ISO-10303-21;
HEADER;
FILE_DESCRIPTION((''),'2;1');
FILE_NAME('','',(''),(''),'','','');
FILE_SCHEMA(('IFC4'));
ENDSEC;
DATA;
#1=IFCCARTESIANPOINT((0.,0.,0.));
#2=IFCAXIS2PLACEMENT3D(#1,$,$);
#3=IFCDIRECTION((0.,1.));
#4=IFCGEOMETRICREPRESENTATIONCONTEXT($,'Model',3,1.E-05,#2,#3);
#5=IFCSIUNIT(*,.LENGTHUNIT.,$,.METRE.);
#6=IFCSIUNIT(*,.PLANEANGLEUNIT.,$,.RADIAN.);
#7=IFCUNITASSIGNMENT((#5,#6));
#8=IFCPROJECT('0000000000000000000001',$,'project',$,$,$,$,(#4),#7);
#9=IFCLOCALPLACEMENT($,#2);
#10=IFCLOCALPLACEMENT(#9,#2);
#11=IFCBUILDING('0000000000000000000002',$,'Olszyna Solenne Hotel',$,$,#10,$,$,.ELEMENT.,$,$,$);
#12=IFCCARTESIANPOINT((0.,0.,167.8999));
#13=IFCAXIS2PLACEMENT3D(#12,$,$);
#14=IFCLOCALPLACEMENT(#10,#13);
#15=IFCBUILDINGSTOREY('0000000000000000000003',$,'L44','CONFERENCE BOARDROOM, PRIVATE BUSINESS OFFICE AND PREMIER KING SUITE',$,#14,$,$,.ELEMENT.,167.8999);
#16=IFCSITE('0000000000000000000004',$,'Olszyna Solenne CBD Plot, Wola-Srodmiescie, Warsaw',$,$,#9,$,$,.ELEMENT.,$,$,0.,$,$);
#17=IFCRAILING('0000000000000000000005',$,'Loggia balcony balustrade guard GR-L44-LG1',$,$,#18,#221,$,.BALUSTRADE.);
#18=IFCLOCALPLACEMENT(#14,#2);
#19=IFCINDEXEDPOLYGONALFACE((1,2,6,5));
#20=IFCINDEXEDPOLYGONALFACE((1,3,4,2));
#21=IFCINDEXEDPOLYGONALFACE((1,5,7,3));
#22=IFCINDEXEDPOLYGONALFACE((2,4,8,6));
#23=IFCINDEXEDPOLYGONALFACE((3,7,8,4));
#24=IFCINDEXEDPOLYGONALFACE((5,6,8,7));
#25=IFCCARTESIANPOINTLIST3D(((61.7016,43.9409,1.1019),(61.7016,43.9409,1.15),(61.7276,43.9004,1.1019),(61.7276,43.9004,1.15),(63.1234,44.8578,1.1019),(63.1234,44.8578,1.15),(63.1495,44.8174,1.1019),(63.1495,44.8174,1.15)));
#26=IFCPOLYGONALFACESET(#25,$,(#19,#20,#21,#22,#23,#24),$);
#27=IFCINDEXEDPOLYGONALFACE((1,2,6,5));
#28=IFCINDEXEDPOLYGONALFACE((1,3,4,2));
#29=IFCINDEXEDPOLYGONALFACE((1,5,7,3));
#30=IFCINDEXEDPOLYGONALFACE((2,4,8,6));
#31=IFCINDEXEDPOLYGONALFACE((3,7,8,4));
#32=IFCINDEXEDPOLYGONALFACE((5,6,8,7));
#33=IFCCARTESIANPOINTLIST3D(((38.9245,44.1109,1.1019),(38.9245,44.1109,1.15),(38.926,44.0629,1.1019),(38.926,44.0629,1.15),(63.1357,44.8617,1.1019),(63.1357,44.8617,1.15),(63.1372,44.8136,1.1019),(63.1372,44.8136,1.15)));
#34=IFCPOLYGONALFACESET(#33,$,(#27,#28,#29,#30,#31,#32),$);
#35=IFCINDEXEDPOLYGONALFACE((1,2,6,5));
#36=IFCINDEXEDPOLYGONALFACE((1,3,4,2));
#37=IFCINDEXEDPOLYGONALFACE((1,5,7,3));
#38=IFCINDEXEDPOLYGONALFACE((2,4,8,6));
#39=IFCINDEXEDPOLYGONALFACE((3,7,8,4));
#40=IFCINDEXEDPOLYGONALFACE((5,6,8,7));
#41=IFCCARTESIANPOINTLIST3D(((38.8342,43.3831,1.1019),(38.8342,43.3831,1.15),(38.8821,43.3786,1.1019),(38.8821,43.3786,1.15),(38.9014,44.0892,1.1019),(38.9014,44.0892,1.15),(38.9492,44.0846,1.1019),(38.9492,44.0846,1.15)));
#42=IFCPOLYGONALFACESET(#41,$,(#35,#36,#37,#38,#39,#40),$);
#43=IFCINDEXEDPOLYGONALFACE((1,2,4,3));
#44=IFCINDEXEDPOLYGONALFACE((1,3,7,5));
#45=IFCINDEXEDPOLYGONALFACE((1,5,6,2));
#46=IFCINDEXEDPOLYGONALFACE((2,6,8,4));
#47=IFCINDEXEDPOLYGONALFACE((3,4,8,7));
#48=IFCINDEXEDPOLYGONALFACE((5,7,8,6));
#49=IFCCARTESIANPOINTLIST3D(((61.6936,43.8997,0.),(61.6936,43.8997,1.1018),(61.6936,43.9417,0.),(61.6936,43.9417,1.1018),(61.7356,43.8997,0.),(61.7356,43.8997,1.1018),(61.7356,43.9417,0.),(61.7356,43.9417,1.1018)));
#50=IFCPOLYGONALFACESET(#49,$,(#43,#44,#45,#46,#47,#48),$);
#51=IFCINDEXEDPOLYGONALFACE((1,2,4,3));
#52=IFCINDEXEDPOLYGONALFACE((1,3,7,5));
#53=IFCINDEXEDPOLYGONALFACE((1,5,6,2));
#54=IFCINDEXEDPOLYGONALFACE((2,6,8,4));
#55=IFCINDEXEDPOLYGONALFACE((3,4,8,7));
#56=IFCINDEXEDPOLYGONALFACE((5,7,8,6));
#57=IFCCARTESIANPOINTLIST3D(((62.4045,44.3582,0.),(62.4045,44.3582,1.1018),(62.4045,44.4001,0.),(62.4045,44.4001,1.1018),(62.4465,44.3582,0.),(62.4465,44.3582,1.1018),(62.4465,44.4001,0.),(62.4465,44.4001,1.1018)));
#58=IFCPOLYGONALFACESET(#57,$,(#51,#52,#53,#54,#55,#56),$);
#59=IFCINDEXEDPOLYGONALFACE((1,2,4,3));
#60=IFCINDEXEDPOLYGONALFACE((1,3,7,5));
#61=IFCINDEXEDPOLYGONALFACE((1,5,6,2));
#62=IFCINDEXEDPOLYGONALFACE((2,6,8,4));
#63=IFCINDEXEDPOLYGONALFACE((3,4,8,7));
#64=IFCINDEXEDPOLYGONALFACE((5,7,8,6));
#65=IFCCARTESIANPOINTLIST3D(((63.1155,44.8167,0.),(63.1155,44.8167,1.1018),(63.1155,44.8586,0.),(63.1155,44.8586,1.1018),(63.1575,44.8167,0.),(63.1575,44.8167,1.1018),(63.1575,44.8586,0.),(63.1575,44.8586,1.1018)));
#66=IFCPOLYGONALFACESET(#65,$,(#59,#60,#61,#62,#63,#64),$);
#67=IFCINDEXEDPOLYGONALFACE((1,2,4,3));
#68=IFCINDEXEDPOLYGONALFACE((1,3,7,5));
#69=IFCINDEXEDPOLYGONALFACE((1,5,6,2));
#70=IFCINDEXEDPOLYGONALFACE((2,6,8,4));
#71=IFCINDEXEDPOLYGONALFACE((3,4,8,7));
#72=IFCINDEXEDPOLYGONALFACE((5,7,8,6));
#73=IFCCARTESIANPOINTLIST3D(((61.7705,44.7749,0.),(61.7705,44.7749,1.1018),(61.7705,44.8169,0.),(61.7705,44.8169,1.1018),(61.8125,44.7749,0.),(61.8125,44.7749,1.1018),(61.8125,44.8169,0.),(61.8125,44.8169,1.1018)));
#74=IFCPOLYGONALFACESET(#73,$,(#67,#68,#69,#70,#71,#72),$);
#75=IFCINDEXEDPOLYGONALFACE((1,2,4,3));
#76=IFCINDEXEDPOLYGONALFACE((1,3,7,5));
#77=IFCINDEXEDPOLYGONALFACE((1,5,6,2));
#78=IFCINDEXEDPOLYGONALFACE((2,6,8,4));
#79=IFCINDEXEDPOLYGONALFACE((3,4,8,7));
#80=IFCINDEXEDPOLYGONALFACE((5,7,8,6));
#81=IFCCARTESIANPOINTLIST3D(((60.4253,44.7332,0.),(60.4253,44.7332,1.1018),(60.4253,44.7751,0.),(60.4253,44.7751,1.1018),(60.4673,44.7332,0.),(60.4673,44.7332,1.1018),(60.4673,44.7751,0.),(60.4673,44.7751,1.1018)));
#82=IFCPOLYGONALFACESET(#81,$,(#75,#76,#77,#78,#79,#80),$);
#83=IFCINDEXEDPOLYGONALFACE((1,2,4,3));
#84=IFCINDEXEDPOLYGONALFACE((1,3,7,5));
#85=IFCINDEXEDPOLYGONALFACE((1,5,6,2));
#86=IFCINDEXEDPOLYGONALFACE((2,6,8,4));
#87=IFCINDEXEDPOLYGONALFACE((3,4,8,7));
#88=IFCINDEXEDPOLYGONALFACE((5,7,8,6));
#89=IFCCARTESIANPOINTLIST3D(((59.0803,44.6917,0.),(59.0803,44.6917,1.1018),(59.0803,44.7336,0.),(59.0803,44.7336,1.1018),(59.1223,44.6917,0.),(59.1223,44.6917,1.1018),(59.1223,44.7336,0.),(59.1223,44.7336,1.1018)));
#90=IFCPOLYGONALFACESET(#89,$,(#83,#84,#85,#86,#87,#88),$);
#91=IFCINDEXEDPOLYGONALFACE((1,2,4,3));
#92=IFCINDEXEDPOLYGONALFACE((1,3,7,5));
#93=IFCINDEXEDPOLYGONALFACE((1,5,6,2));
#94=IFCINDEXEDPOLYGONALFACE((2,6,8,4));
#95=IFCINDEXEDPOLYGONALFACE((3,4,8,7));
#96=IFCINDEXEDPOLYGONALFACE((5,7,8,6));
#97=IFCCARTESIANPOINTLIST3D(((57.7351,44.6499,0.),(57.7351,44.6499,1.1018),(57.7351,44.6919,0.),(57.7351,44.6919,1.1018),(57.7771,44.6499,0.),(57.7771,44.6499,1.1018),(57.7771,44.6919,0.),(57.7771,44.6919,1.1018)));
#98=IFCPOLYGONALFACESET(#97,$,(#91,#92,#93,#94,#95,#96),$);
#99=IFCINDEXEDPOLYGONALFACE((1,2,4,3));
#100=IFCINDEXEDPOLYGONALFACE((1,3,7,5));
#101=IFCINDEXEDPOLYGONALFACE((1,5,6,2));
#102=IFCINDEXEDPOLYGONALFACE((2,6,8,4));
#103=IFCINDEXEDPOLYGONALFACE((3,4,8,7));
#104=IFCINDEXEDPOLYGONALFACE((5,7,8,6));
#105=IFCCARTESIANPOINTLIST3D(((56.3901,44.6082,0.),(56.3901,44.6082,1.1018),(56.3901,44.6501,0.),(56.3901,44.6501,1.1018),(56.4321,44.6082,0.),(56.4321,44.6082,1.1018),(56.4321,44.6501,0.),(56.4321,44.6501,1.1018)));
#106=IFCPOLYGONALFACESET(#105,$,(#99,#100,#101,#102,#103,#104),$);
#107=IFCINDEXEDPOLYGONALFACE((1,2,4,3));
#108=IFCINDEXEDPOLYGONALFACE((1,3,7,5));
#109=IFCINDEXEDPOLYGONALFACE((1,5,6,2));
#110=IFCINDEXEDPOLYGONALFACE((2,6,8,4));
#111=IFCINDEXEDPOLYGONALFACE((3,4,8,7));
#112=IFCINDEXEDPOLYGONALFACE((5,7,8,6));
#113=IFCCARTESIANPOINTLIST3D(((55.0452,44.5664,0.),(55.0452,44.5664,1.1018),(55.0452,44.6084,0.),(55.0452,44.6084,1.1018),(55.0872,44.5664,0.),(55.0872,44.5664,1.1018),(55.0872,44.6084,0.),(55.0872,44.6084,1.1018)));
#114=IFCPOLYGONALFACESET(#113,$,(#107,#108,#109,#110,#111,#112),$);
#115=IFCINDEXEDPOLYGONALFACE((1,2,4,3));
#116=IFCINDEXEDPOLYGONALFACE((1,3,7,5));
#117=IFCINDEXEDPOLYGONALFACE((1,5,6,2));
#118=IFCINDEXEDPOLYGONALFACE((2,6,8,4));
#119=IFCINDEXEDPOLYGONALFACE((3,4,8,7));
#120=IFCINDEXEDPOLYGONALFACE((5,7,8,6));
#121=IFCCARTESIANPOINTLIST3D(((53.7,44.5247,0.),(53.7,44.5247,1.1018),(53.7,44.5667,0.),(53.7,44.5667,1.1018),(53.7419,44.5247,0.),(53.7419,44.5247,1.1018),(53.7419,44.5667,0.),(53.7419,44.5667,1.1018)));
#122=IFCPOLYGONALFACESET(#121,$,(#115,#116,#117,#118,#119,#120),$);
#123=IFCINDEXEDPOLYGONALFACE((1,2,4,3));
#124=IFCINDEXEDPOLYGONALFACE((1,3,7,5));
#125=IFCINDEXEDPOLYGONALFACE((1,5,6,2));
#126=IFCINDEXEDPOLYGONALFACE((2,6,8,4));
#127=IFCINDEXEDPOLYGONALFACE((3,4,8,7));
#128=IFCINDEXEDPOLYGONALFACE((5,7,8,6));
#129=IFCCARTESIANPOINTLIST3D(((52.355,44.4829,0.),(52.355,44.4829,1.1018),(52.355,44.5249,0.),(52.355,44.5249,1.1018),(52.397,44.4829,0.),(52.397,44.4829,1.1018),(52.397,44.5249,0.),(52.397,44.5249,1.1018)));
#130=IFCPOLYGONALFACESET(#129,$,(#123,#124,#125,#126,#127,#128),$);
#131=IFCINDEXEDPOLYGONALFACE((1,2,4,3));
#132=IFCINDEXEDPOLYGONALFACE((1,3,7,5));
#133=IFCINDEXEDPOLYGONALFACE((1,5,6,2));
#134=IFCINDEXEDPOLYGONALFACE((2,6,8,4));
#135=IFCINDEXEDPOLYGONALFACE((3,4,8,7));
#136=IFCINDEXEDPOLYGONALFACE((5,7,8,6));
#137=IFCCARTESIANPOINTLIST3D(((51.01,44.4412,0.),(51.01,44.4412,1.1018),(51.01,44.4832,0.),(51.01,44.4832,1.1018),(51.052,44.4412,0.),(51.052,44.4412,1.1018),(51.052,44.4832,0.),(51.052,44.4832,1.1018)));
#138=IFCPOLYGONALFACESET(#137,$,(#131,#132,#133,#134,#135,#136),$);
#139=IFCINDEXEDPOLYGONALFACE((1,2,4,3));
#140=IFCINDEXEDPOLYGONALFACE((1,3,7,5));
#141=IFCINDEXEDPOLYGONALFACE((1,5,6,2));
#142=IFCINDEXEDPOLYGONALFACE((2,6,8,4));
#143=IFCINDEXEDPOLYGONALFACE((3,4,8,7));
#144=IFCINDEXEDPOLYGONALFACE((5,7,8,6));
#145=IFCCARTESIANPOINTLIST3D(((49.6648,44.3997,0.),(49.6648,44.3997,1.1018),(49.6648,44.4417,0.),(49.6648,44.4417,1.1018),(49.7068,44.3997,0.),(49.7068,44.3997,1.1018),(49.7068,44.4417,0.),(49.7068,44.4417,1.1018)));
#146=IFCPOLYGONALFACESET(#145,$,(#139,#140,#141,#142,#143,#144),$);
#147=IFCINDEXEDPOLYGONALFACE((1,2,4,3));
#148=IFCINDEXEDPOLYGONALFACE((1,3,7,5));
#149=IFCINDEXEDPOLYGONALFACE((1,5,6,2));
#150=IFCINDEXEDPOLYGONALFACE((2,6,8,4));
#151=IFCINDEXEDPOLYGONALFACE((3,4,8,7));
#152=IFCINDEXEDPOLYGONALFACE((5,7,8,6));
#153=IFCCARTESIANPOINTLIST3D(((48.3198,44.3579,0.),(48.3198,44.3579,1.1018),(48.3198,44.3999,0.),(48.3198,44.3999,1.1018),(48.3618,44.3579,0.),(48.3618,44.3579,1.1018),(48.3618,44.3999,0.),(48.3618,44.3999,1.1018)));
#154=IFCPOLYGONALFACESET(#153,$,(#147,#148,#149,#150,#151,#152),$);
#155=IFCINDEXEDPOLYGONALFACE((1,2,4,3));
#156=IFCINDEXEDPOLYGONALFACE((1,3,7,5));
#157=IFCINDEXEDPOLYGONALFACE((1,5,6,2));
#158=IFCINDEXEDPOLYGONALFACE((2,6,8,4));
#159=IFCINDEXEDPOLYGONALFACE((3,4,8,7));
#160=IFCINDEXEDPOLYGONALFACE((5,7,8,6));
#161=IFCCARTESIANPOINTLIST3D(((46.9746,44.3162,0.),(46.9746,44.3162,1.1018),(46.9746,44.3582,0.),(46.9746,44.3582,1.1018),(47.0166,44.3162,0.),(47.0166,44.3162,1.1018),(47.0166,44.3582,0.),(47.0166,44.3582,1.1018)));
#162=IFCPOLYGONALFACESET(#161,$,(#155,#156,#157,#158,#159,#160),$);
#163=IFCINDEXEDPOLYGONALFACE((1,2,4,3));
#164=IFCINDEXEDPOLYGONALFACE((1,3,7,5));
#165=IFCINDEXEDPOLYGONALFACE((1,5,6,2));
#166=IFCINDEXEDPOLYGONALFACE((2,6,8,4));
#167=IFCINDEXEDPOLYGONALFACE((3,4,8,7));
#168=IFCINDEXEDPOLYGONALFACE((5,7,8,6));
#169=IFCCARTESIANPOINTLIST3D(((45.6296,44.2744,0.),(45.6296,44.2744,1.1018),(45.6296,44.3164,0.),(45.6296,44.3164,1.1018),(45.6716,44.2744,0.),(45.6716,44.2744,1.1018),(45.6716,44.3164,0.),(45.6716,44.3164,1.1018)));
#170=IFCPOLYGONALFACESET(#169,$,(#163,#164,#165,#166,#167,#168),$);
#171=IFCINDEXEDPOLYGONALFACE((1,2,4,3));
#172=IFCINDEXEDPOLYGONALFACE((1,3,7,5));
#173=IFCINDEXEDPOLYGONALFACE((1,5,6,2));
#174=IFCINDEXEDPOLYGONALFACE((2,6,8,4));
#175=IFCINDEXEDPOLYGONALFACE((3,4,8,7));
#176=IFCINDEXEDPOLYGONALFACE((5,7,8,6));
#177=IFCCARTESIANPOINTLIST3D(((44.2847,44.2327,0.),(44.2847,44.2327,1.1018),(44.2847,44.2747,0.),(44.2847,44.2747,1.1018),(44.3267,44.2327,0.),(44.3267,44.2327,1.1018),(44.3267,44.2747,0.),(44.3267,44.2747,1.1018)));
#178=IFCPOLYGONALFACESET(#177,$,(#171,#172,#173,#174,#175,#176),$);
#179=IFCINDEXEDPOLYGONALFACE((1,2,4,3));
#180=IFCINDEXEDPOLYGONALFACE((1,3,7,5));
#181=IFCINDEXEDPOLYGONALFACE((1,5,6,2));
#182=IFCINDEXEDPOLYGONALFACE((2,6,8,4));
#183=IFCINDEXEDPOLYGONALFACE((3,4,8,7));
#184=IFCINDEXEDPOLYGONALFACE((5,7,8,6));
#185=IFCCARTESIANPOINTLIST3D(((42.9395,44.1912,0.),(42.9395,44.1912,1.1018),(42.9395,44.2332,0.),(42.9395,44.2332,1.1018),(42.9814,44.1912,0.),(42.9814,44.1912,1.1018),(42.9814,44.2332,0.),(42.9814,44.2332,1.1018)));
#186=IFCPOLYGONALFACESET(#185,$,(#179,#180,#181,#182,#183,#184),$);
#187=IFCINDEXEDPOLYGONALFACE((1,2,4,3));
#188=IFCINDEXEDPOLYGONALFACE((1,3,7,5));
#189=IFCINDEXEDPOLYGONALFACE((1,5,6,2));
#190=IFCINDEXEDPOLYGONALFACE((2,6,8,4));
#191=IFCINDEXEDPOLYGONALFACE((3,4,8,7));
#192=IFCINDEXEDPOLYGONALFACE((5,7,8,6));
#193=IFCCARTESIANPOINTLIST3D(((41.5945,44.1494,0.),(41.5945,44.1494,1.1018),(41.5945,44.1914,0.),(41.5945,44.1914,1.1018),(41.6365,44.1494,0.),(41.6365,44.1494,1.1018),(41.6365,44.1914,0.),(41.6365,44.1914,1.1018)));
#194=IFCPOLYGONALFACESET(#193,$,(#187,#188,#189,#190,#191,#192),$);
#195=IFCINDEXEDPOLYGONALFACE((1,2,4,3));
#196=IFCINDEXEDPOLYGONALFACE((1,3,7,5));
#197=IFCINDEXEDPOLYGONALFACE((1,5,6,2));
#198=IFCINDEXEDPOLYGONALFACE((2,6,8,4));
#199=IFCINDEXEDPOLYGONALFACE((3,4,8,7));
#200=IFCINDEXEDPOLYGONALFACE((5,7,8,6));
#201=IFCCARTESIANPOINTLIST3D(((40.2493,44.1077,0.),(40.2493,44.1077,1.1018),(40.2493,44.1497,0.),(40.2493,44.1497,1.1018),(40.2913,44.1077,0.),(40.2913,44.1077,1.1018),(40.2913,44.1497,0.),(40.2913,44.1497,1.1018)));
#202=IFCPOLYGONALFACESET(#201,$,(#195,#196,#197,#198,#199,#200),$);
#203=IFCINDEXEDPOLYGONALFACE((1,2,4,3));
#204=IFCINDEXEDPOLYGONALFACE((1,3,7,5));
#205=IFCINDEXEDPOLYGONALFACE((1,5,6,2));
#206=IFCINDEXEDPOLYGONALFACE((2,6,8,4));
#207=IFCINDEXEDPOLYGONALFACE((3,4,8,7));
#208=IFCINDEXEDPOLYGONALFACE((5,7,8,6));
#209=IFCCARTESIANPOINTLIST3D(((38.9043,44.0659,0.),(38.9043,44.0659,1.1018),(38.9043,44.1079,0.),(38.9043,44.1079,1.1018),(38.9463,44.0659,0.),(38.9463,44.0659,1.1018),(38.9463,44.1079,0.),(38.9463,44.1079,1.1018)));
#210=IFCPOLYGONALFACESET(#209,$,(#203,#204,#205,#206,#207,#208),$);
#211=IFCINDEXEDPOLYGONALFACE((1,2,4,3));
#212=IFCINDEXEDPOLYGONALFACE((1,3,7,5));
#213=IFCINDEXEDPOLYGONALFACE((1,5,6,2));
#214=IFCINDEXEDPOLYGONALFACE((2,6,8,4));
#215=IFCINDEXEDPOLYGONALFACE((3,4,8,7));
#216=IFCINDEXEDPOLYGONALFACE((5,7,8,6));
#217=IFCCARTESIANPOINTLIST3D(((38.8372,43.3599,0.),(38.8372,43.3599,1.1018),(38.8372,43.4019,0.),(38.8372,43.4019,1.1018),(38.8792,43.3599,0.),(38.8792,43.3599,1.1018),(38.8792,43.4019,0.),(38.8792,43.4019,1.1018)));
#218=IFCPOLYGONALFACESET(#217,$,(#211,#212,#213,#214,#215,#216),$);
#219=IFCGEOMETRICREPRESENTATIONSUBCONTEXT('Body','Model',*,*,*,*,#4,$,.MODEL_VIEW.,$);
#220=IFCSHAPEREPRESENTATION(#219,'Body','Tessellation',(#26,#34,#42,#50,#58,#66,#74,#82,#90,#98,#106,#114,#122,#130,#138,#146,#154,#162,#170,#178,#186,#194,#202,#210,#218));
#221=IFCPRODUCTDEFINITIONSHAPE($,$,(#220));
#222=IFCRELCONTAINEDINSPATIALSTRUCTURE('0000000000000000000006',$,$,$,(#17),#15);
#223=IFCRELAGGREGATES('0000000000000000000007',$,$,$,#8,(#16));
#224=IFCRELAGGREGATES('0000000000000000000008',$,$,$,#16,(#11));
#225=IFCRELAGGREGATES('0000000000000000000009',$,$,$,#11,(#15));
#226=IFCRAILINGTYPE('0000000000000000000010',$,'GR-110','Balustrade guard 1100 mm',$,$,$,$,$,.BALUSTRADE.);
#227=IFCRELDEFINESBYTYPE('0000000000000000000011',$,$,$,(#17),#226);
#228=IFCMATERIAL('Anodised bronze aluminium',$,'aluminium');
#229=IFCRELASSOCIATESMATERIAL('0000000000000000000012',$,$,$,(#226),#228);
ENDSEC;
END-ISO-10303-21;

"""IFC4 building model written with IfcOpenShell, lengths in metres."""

from ifc_helpers import new_model, si_unit, direction, frame, origin, origin_2d, place, context, subcontext, project, spatial, rectangle, extrude, material, type_object, element, save


model = new_model("IFC4")

# Units and contexts
model_context = context("Model", 3, precision=1e-05, world=origin(), true_north=direction((0.0, 1.0)))
body_context = subcontext(model_context, "Body", "Model", "MODEL_VIEW")
ifc_project = project(units=[si_unit("LENGTHUNIT", "METRE"), si_unit("PLANEANGLEUNIT", "RADIAN")], contexts=[model_context])

# Site, building, storey
site_placement = place(None, origin())
site = spatial("IfcSite", under=ifc_project, at=site_placement, Name="Olszyna Solenne CBD Plot, Wola-Srodmiescie, Warsaw", CompositionType="ELEMENT", RefElevation=0.0)
building_placement = place(site_placement, origin())
building = spatial("IfcBuilding", under=site, at=building_placement, Name="Olszyna Solenne Hotel", CompositionType="ELEMENT")
storey_placement = place(building_placement, frame((0.0, 0.0, 167.8999)))
storey = spatial("IfcBuildingStorey", under=building, at=storey_placement, Name="L44", Description="CONFERENCE BOARDROOM, PRIVATE BUSINESS OFFICE AND PREMIER KING SUITE", CompositionType="ELEMENT", Elevation=167.8999)

# Railing
ifc_material_1 = material(Name="Anodised bronze aluminium", Category="aluminium")
railing_type = type_object("IfcRailingType", Name="GR-110", Description="Balustrade guard 1100 mm", PredefinedType="BALUSTRADE", material=ifc_material_1)
railing_placement = place(storey_placement, frame((61.7146, 43.9207, 0.0)))
element("IfcRailing", 1, at=railing_placement, inside=storey, type_object=railing_type, Name="Loggia balcony balustrade guard GR-L44-LG1", PredefinedType="BALUSTRADE", context=body_context, shape_type="SweptSolid", body=[
    extrude(rectangle(XDim=0.0481, YDim=0.0481, at=origin_2d()), frame((0.0, 0.0, 1.126), z_axis=(0.84039, 0.541982, 0.0), x_axis=(-0.541982, 0.84039, 0.0)), (0.0, 0.0, 1.0), 1.6919),
    extrude(rectangle(XDim=0.0481, YDim=0.0481, at=origin_2d()), frame((1.4219, 0.917, 1.126), z_axis=(-0.99952, -0.030993, 0.0), x_axis=(0.030993, -0.99952, 0.0)), (0.0, 0.0, 1.0), 24.2229),
    extrude(rectangle(XDim=0.0481, YDim=0.0481, at=origin_2d()), frame((-22.7893, 0.1663, 1.126), z_axis=(-0.094663, -0.995509, 0.0), x_axis=(0.995509, -0.094663, 0.0)), (0.0, 0.0, 1.0), 0.7092),
    extrude(rectangle(XDim=0.042, YDim=0.042, at=origin_2d()), origin(), (0.0, 0.0, 1.0), 1.1018),
    extrude(rectangle(XDim=0.042, YDim=0.042, at=origin_2d()), frame((0.7109, 0.4585, 0.0)), (0.0, 0.0, 1.0), 1.1018),
    extrude(rectangle(XDim=0.042, YDim=0.042, at=origin_2d()), frame((1.4219, 0.917, 0.0)), (0.0, 0.0, 1.0), 1.1018),
    extrude(rectangle(XDim=0.042, YDim=0.042, at=origin_2d()), frame((0.0769, 0.8752, 0.0)), (0.0, 0.0, 1.0), 1.1018),
    extrude(rectangle(XDim=0.042, YDim=0.042, at=origin_2d()), frame((-1.2683, 0.8335, 0.0)), (0.0, 0.0, 1.0), 1.1018),
    extrude(rectangle(XDim=0.042, YDim=0.042, at=origin_2d()), frame((-2.6133, 0.792, 0.0)), (0.0, 0.0, 1.0), 1.1018),
    extrude(rectangle(XDim=0.042, YDim=0.042, at=origin_2d()), frame((-3.9585, 0.7502, 0.0)), (0.0, 0.0, 1.0), 1.1018),
    extrude(rectangle(XDim=0.042, YDim=0.042, at=origin_2d()), frame((-5.3035, 0.7085, 0.0)), (0.0, 0.0, 1.0), 1.1018),
    extrude(rectangle(XDim=0.042, YDim=0.042, at=origin_2d()), frame((-6.6484, 0.6667, 0.0)), (0.0, 0.0, 1.0), 1.1018),
    extrude(rectangle(XDim=0.042, YDim=0.042, at=origin_2d()), frame((-7.9937, 0.625, 0.0)), (0.0, 0.0, 1.0), 1.1018),
    extrude(rectangle(XDim=0.042, YDim=0.042, at=origin_2d()), frame((-9.3386, 0.5833, 0.0)), (0.0, 0.0, 1.0), 1.1018),
    extrude(rectangle(XDim=0.042, YDim=0.042, at=origin_2d()), frame((-10.6836, 0.5415, 0.0)), (0.0, 0.0, 1.0), 1.1018),
    extrude(rectangle(XDim=0.042, YDim=0.042, at=origin_2d()), frame((-12.0288, 0.5, 0.0)), (0.0, 0.0, 1.0), 1.1018),
    extrude(rectangle(XDim=0.042, YDim=0.042, at=origin_2d()), frame((-13.3738, 0.4583, 0.0)), (0.0, 0.0, 1.0), 1.1018),
    extrude(rectangle(XDim=0.042, YDim=0.042, at=origin_2d()), frame((-14.719, 0.4165, 0.0)), (0.0, 0.0, 1.0), 1.1018),
    extrude(rectangle(XDim=0.042, YDim=0.042, at=origin_2d()), frame((-16.064, 0.3748, 0.0)), (0.0, 0.0, 1.0), 1.1018),
    extrude(rectangle(XDim=0.042, YDim=0.042, at=origin_2d()), frame((-17.4089, 0.333, 0.0)), (0.0, 0.0, 1.0), 1.1018),
    extrude(rectangle(XDim=0.042, YDim=0.042, at=origin_2d()), frame((-18.7542, 0.2915, 0.0)), (0.0, 0.0, 1.0), 1.1018),
    extrude(rectangle(XDim=0.042, YDim=0.042, at=origin_2d()), frame((-20.0991, 0.2498, 0.0)), (0.0, 0.0, 1.0), 1.1018),
    extrude(rectangle(XDim=0.042, YDim=0.042, at=origin_2d()), frame((-21.4443, 0.208, 0.0)), (0.0, 0.0, 1.0), 1.1018),
    extrude(rectangle(XDim=0.042, YDim=0.042, at=origin_2d()), frame((-22.7893, 0.1663, 0.0)), (0.0, 0.0, 1.0), 1.1018),
    extrude(rectangle(XDim=0.042, YDim=0.042, at=origin_2d()), frame((-22.8564, -0.5398, 0.0)), (0.0, 0.0, 1.0), 1.1018),
])

save(model, "model.ifc")
